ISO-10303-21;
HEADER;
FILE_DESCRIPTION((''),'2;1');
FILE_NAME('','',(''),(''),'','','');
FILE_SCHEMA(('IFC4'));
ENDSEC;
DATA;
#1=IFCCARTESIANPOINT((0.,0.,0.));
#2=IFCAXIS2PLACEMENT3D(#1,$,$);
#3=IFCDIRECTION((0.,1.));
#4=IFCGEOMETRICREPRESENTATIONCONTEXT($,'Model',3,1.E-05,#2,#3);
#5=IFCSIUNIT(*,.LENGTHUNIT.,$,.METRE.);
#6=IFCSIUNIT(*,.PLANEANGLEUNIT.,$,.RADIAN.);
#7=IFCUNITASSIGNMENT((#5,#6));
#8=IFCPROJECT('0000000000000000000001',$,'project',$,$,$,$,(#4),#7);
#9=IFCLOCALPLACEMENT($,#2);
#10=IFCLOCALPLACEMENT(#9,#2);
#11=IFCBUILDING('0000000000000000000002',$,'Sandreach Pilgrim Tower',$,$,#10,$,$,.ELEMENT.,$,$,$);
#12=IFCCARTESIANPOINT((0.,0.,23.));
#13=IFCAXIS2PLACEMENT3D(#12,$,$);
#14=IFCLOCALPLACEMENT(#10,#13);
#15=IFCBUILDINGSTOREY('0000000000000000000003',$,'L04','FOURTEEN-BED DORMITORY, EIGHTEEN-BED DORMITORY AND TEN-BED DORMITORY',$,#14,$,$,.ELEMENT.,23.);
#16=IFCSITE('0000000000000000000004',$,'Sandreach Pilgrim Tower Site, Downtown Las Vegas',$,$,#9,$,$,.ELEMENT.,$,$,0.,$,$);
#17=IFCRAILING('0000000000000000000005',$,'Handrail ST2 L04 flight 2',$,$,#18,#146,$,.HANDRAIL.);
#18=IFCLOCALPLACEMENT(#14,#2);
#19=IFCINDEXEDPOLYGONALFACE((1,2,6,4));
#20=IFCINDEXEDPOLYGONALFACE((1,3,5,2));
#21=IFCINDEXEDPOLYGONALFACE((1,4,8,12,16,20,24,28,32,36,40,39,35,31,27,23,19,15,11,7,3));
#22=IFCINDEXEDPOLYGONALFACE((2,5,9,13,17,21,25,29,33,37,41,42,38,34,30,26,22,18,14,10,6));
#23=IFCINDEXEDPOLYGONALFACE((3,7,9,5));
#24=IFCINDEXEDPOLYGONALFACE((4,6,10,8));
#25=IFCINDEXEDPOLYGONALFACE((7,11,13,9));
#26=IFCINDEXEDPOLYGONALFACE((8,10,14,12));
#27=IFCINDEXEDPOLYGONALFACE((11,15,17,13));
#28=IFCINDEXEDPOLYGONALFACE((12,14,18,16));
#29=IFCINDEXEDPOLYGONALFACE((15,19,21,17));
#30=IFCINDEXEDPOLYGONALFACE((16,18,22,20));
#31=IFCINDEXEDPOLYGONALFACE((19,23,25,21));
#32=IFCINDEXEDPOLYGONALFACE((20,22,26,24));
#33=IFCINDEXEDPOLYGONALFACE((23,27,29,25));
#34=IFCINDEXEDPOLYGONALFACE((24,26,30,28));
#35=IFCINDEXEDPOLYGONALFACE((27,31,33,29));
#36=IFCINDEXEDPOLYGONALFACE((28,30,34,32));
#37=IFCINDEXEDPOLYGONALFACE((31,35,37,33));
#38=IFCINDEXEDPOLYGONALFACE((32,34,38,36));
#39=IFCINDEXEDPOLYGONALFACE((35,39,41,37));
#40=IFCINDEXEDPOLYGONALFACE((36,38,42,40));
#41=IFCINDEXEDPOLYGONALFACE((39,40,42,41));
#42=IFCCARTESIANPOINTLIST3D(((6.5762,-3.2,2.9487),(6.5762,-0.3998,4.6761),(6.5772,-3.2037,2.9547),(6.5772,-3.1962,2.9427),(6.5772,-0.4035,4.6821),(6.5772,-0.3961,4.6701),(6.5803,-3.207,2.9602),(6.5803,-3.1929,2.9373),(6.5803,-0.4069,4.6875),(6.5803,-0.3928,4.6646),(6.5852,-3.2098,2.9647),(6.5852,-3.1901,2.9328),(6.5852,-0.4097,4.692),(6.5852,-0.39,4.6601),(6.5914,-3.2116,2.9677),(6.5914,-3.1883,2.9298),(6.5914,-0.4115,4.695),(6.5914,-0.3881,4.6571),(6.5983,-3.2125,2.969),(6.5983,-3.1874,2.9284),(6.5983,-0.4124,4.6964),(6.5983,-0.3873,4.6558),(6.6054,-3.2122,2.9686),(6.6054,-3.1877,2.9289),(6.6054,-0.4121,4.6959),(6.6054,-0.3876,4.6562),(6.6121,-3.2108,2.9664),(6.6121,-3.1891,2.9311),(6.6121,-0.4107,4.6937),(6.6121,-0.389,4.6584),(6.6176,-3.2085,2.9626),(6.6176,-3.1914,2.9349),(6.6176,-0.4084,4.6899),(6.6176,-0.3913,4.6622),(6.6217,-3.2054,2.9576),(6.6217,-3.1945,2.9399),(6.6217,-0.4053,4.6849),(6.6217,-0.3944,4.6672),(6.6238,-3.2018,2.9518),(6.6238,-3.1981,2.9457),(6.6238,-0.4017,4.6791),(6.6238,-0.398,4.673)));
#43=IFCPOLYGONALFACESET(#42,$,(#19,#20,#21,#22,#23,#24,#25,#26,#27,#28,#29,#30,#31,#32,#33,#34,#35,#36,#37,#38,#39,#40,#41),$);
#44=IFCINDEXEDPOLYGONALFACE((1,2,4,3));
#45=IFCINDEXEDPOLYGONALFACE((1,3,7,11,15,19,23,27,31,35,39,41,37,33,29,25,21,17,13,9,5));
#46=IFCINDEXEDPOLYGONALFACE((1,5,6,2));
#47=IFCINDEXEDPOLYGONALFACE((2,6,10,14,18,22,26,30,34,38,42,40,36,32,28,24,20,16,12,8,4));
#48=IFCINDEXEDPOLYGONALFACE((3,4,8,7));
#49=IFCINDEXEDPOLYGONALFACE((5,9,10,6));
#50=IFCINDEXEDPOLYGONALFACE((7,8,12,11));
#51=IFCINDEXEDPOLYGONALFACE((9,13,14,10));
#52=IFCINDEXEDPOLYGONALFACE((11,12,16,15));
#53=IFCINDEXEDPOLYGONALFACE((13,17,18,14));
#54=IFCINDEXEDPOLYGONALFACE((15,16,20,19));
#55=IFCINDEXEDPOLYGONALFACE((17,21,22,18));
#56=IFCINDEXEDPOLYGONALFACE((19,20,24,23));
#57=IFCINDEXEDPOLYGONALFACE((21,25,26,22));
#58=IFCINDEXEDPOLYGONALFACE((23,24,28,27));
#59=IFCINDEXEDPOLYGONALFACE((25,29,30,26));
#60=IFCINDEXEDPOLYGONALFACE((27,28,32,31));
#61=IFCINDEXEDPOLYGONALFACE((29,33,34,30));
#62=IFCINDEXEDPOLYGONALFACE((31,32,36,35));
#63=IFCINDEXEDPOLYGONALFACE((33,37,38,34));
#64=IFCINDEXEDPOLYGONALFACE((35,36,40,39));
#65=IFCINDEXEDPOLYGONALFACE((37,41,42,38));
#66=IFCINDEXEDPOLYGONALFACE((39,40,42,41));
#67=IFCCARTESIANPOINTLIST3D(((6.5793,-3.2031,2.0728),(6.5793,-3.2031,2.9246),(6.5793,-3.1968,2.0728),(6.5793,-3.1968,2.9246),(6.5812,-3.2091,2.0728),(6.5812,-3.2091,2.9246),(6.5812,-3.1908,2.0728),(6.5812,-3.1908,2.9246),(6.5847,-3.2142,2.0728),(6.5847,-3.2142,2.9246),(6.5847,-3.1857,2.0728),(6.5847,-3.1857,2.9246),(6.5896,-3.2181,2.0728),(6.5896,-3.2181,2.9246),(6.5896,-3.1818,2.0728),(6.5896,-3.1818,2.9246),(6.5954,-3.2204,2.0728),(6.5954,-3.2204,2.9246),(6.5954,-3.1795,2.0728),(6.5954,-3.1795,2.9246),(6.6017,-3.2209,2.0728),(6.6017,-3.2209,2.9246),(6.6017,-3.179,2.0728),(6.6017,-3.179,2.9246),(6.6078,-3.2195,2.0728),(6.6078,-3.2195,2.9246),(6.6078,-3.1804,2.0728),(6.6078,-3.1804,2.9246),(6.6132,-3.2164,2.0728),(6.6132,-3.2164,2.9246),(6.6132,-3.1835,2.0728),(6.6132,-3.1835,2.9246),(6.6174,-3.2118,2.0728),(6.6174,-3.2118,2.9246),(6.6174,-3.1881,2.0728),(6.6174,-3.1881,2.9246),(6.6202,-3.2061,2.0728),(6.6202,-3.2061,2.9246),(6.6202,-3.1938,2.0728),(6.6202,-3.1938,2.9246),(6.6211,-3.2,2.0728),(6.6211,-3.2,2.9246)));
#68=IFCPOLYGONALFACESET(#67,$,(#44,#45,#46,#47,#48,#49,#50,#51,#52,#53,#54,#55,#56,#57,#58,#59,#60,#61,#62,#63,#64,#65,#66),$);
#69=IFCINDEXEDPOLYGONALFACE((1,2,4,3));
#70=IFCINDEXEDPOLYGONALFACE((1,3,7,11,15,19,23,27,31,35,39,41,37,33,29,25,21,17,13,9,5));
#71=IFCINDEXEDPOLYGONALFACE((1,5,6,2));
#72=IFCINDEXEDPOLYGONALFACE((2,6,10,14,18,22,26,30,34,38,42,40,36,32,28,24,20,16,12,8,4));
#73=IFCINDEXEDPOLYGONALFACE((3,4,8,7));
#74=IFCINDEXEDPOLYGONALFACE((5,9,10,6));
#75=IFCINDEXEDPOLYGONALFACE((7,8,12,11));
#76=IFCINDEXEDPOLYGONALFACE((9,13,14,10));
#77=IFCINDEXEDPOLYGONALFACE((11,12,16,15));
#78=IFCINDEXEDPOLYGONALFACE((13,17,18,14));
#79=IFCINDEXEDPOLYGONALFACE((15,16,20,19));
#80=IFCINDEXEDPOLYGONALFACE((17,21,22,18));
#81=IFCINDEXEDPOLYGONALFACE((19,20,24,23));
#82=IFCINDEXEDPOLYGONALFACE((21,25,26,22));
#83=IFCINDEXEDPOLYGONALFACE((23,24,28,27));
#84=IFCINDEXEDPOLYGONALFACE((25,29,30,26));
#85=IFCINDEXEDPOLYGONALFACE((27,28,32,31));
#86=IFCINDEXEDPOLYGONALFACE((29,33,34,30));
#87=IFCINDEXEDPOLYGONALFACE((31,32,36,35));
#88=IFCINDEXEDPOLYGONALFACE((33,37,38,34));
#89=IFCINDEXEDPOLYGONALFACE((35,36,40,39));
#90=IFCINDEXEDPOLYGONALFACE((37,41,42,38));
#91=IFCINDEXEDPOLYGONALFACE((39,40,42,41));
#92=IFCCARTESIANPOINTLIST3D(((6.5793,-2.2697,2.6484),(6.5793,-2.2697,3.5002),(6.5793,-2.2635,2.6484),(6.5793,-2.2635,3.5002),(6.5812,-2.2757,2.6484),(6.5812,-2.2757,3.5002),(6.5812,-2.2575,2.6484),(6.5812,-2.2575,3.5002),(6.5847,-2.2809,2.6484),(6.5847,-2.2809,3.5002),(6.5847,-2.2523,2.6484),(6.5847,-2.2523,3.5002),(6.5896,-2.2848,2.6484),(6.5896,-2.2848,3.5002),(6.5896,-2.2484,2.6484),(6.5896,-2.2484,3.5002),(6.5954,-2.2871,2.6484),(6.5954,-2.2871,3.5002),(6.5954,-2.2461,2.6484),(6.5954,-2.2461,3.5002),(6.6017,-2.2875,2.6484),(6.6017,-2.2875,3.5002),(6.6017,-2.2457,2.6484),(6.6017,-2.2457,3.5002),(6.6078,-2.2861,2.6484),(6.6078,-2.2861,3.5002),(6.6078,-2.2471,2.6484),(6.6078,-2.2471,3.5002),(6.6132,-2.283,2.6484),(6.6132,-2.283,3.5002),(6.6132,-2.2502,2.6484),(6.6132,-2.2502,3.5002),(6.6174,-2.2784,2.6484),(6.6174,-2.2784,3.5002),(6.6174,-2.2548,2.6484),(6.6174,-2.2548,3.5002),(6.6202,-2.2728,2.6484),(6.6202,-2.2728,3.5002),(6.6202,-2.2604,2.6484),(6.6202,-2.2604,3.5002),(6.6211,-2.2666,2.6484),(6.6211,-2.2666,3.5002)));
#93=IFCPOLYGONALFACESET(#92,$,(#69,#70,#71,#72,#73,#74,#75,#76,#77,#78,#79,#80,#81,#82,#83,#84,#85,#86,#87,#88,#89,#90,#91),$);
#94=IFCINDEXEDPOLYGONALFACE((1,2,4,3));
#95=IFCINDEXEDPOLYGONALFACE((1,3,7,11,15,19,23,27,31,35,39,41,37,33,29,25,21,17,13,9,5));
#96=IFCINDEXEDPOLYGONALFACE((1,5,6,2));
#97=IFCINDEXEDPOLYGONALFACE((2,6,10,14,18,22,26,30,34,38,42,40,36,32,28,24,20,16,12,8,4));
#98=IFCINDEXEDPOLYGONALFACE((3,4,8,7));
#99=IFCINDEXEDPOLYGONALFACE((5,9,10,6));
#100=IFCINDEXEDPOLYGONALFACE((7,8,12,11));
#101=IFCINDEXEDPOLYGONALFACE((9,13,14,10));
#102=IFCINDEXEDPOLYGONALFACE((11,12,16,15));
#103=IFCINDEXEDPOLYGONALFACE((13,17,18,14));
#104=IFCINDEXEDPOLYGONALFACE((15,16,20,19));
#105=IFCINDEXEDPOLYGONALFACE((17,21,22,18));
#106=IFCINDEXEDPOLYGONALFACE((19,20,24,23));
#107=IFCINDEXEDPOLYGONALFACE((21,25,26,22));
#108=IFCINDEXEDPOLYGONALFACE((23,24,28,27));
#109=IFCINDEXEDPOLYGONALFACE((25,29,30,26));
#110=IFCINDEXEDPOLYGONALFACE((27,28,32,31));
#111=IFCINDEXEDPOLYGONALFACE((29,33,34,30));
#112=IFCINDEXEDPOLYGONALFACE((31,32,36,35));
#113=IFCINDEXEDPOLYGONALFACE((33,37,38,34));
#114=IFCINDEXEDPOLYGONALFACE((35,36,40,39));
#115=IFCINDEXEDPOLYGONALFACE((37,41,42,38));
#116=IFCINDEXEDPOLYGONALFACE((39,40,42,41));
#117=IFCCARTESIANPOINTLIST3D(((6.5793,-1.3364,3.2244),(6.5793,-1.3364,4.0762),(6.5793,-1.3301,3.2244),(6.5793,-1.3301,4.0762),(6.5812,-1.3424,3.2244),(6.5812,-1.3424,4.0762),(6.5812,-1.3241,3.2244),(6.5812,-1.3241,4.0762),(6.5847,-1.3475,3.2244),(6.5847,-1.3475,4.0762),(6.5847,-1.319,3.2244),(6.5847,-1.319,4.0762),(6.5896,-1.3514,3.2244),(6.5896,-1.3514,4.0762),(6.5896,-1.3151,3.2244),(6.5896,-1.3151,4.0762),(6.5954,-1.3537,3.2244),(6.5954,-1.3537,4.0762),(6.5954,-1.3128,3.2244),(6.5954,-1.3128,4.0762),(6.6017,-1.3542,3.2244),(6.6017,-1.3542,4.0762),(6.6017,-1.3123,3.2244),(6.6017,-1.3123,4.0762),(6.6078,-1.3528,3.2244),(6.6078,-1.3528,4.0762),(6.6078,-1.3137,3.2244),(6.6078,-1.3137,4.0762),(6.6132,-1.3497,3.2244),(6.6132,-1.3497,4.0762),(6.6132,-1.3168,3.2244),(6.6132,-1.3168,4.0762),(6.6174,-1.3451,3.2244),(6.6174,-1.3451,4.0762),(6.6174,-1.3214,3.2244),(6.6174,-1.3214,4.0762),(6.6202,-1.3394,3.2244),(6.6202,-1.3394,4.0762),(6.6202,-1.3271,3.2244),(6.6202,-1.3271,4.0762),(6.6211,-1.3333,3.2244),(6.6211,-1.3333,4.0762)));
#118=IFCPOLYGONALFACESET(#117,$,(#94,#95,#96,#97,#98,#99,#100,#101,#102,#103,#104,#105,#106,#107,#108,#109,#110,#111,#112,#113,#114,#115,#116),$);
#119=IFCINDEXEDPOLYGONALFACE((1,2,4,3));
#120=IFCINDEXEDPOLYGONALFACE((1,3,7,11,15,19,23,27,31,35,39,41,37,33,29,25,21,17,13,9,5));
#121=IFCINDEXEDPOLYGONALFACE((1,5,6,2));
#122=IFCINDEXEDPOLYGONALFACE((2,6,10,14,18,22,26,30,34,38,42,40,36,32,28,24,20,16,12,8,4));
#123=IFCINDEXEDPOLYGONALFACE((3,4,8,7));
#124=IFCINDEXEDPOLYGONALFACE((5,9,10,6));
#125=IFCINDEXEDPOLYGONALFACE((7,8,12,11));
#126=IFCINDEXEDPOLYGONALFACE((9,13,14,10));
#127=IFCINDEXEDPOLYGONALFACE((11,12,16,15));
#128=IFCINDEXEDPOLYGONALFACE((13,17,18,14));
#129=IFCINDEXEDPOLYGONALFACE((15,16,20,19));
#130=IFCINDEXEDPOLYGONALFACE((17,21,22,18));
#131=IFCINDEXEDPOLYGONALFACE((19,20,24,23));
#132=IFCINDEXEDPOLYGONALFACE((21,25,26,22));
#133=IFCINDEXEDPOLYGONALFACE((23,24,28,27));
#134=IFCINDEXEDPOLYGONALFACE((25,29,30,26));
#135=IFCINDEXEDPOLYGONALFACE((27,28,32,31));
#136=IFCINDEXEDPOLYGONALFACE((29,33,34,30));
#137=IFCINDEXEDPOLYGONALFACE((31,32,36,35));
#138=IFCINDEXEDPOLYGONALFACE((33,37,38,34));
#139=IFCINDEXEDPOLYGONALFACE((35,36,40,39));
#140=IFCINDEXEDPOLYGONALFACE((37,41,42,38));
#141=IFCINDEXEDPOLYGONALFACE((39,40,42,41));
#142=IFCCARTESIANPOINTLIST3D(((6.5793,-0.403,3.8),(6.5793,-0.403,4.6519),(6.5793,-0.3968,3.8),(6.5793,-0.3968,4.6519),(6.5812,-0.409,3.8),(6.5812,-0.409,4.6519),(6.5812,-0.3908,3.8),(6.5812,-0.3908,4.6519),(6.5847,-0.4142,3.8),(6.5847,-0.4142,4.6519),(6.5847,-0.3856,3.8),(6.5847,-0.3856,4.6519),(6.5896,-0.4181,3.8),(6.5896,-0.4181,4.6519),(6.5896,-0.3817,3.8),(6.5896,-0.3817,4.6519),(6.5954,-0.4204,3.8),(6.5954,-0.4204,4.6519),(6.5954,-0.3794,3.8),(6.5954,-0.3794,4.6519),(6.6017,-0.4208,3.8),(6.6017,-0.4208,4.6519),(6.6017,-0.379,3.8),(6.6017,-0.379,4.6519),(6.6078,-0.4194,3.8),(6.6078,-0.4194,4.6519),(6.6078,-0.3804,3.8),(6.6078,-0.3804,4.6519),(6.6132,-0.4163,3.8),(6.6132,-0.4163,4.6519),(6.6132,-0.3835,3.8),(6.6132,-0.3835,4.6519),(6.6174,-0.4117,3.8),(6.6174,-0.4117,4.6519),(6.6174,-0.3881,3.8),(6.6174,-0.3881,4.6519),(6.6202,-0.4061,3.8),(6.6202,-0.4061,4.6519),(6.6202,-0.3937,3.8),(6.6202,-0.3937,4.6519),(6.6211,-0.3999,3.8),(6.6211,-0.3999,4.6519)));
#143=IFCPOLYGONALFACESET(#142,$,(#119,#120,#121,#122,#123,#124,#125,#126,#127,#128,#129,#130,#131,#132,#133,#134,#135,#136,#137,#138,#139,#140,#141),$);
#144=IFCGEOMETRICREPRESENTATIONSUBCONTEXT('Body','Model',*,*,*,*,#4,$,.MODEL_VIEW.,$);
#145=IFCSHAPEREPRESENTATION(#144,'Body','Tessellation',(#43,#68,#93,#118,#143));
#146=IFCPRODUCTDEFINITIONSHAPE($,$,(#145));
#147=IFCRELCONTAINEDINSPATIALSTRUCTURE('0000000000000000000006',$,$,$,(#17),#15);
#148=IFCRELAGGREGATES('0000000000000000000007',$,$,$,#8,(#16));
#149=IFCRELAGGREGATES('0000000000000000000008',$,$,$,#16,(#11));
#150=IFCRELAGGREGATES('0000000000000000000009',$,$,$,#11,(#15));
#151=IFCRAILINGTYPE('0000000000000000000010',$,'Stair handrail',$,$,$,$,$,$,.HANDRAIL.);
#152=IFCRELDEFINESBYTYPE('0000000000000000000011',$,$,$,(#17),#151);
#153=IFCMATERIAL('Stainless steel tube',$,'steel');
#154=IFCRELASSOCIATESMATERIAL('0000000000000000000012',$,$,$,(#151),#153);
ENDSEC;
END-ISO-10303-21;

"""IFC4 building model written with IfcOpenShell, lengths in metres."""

from ifc_helpers import new_model, si_unit, direction, frame, origin, origin_2d, place, context, subcontext, project, spatial, circle, extrude, material, type_object, element, save


model = new_model("IFC4")

# Units and contexts
model_context = context("Model", 3, precision=1e-05, world=origin(), true_north=direction((0.0, 1.0)))
body_context = subcontext(model_context, "Body", "Model", "MODEL_VIEW")
ifc_project = project(units=[si_unit("LENGTHUNIT", "METRE"), si_unit("PLANEANGLEUNIT", "RADIAN")], contexts=[model_context])

# Site, building, storey
site_placement = place(None, origin())
site = spatial("IfcSite", under=ifc_project, at=site_placement, Name="Sandreach Pilgrim Tower Site, Downtown Las Vegas", CompositionType="ELEMENT", RefElevation=0.0)
building_placement = place(site_placement, origin())
building = spatial("IfcBuilding", under=site, at=building_placement, Name="Sandreach Pilgrim Tower", CompositionType="ELEMENT")
storey_placement = place(building_placement, frame((0.0, 0.0, 23.0)))
storey = spatial("IfcBuildingStorey", under=building, at=storey_placement, Name="L04", Description="FOURTEEN-BED DORMITORY, EIGHTEEN-BED DORMITORY AND TEN-BED DORMITORY", CompositionType="ELEMENT", Elevation=23.0)

# Railing
ifc_material_1 = material(Name="Stainless steel tube", Category="steel")
railing_type = type_object("IfcRailingType", Name="Stair handrail", PredefinedType="HANDRAIL", material=ifc_material_1)
for number, where, name in (
    (1, (6.6001, -3.2, 2.0728), "Handrail ST2 L04 flight 2"),
):
    element("IfcRailing", number, at=place(storey_placement, frame(where)), inside=storey, type_object=railing_type, Name=name, PredefinedType="HANDRAIL", context=body_context, shape_type="SweptSolid", body=[
        extrude(circle(Radius=0.0239, at=origin_2d()), frame((0.0, 0.0, 0.876), z_axis=(0.0, 0.85109, 0.52502), x_axis=(-1.0, 0.0, 0.0)), (0.0, 0.0, 1.0), 3.29),
        extrude(circle(Radius=0.021, at=origin_2d()), origin(), (0.0, 0.0, 1.0), 0.8518),
        extrude(circle(Radius=0.021, at=origin_2d()), frame((0.0, 0.9333, 0.5757)), (0.0, 0.0, 1.0), 0.8518),
        extrude(circle(Radius=0.021, at=origin_2d()), frame((0.0, 1.8667, 1.1516)), (0.0, 0.0, 1.0), 0.8518),
        extrude(circle(Radius=0.021, at=origin_2d()), frame((0.0, 2.8, 1.7273)), (0.0, 0.0, 1.0), 0.8518),
    ])

save(model, "model.ifc")
